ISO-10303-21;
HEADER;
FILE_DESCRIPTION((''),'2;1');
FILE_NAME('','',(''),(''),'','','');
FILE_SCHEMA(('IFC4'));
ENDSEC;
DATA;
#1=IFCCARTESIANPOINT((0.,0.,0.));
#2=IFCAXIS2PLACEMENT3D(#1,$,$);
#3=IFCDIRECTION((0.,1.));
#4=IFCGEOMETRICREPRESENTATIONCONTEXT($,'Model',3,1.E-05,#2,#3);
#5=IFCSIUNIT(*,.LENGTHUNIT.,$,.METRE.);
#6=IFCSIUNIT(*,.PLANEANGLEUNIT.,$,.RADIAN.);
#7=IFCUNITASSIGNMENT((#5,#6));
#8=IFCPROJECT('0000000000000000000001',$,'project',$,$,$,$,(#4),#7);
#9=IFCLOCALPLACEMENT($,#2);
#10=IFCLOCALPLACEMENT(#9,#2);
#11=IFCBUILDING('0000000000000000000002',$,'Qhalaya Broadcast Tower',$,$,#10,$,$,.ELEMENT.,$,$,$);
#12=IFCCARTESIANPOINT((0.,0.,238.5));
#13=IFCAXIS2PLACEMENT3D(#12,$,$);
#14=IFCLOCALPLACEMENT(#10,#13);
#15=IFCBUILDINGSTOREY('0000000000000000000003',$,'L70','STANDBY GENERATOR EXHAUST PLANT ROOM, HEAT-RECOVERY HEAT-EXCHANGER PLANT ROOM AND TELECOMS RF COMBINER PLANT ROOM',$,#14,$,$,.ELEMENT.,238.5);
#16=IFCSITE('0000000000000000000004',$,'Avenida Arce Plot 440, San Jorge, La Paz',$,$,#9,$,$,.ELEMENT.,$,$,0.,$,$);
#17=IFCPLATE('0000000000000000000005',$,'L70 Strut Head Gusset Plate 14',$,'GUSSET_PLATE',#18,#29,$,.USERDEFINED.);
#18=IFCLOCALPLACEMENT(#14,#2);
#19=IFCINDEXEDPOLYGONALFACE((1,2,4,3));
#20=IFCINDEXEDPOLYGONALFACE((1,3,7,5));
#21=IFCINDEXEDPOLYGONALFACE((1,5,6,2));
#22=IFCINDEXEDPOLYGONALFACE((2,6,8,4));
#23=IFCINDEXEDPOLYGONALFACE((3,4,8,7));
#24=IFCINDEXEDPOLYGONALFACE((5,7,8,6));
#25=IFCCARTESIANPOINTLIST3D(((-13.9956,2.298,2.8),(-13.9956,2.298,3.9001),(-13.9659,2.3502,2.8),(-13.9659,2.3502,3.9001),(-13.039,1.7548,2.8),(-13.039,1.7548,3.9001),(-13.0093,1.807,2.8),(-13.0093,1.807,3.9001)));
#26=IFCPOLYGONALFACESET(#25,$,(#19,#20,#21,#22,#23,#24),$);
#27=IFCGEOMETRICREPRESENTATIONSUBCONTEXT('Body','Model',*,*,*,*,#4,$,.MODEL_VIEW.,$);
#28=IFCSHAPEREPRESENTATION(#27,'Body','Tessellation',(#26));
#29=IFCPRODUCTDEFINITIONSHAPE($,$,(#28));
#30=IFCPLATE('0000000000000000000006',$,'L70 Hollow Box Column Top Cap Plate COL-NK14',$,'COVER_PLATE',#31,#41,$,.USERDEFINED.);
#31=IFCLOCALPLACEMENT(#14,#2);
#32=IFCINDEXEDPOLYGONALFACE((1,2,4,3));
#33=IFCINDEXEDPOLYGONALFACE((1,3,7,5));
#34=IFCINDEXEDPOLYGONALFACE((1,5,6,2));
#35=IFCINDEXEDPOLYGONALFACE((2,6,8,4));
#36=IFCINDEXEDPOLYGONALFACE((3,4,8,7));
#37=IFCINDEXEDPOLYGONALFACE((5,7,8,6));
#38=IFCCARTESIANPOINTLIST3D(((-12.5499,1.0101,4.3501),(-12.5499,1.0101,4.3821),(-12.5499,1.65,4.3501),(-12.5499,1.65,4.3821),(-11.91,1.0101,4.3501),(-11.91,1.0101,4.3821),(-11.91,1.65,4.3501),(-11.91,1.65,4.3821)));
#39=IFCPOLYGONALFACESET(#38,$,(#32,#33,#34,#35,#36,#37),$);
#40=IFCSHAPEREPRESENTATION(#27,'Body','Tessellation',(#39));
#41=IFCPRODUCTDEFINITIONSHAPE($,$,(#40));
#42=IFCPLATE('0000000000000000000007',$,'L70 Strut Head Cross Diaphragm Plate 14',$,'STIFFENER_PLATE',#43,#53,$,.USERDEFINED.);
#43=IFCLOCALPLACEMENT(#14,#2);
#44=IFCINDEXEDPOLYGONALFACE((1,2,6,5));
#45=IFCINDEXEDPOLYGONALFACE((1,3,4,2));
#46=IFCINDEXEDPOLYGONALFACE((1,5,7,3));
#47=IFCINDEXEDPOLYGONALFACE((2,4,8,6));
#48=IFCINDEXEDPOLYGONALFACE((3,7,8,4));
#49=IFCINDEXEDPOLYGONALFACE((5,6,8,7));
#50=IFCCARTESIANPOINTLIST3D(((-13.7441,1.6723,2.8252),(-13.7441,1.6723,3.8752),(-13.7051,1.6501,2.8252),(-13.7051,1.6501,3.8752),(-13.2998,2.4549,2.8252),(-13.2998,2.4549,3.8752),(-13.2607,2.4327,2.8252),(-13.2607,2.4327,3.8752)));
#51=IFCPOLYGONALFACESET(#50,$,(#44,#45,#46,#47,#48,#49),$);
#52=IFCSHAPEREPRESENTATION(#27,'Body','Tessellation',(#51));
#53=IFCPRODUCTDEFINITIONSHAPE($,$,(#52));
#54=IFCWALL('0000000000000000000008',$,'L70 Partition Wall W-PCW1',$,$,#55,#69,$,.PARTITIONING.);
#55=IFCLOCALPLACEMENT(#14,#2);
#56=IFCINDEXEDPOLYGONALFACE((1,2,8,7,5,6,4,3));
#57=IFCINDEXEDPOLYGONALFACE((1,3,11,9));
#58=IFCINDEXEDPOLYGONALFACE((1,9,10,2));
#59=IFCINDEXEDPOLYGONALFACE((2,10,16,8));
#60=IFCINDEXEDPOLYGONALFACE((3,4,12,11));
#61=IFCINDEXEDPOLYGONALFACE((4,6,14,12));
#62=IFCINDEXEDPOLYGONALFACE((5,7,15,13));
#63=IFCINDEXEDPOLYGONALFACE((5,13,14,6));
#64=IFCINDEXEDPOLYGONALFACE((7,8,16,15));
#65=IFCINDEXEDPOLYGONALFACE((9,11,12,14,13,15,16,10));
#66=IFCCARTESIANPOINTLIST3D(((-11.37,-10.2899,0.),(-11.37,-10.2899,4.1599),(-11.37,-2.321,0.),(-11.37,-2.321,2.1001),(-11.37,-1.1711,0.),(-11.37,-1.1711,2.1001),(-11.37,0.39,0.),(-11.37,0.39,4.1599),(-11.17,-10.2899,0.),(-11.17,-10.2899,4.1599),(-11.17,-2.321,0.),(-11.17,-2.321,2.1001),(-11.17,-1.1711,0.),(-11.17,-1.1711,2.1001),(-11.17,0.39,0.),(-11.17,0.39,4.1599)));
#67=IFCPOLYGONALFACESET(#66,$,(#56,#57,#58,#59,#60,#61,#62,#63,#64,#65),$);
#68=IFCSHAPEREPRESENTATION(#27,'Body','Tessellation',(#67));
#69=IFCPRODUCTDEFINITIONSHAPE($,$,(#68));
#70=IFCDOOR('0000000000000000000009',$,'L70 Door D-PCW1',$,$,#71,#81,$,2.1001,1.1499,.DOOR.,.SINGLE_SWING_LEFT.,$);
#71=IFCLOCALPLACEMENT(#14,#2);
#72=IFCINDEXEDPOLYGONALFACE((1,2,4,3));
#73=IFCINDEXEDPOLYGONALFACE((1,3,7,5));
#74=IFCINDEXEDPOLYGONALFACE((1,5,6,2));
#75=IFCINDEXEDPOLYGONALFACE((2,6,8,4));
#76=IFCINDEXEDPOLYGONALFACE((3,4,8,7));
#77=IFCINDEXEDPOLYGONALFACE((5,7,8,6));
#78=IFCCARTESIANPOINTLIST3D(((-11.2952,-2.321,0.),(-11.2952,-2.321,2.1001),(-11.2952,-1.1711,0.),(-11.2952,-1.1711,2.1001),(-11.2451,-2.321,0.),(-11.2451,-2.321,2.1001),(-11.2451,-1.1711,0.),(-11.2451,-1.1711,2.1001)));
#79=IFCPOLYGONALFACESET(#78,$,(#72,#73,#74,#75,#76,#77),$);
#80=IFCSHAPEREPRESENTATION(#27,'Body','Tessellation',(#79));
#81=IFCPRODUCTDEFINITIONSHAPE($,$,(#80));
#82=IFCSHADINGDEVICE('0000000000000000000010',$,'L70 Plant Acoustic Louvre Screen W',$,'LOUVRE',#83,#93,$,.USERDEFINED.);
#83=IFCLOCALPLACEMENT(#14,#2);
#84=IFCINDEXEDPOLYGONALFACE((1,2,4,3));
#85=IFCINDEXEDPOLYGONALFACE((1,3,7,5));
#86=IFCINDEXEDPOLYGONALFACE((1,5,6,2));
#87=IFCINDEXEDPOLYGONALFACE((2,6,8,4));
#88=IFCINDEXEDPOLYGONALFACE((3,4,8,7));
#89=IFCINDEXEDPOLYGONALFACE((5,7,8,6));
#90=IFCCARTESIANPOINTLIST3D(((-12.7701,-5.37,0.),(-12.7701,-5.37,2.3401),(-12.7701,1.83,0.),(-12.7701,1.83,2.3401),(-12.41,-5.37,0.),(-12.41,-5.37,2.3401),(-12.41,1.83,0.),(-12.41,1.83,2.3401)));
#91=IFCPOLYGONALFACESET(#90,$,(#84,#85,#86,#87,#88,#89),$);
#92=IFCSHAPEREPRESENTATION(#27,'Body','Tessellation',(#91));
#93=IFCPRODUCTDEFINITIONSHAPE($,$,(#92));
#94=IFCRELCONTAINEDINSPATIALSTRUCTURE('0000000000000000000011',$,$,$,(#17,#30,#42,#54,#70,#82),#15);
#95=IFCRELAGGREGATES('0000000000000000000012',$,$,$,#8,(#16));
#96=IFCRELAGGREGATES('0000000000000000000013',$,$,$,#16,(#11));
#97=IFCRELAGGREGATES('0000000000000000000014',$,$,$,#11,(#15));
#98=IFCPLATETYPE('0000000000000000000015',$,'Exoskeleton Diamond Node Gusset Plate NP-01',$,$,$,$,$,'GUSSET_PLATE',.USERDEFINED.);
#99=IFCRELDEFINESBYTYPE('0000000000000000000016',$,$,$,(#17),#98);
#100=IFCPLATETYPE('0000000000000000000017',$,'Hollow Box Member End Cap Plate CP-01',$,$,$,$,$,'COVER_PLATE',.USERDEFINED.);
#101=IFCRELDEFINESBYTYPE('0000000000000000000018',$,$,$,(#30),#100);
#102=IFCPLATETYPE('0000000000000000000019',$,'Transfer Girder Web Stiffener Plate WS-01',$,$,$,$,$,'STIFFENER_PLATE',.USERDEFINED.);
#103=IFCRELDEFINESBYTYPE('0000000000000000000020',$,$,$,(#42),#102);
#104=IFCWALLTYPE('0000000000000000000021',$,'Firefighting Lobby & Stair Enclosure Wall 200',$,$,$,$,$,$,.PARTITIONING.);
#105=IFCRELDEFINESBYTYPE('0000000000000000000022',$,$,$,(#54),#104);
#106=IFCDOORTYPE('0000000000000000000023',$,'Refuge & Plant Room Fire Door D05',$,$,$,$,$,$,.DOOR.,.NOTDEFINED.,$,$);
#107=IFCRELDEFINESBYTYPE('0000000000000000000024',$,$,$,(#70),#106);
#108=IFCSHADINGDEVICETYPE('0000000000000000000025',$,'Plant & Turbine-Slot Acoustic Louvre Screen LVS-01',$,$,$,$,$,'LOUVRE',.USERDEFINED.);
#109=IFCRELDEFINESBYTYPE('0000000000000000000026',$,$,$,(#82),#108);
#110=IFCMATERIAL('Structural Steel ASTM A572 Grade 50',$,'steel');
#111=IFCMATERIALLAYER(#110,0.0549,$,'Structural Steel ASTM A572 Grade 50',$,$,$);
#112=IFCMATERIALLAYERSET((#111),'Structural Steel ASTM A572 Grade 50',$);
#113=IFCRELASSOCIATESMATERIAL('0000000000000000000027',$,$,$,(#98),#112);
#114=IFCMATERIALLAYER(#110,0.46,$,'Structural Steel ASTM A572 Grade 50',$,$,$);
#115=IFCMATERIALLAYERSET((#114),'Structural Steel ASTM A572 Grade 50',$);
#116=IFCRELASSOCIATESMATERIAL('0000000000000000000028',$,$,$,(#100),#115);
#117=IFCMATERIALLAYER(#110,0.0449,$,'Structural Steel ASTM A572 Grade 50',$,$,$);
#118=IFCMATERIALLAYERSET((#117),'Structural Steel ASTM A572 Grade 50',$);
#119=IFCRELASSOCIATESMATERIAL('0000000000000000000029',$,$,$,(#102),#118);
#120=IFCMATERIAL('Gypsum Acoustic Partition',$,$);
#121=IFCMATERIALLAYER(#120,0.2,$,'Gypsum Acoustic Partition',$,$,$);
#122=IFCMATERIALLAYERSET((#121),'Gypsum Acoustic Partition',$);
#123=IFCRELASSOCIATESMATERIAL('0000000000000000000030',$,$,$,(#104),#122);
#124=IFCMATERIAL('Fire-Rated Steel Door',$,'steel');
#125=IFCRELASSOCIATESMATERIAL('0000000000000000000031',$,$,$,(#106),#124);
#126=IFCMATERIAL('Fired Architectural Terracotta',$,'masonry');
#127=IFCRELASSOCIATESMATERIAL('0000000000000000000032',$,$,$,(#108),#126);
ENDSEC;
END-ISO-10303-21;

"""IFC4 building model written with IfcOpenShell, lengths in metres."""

from ifc_helpers import new_model, si_unit, direction, frame, frame_2d, origin, origin_2d, place, context, subcontext, project, spatial, rectangle, extrude, material, layer, layer_set, type_object, element, fill, save


model = new_model("IFC4")

# Units and contexts
model_context = context("Model", 3, precision=1e-05, world=origin(), true_north=direction((0.0, 1.0)))
body_context = subcontext(model_context, "Body", "Model", "MODEL_VIEW")
ifc_project = project(units=[si_unit("LENGTHUNIT", "METRE"), si_unit("PLANEANGLEUNIT", "RADIAN")], contexts=[model_context])

# Site, building, storey
site_placement = place(None, origin())
site = spatial("IfcSite", under=ifc_project, at=site_placement, Name="Avenida Arce Plot 440, San Jorge, La Paz", CompositionType="ELEMENT", RefElevation=0.0)
building_placement = place(site_placement, origin())
building = spatial("IfcBuilding", under=site, at=building_placement, Name="Qhalaya Broadcast Tower", CompositionType="ELEMENT")
storey_placement = place(building_placement, frame((0.0, 0.0, 238.5)))
storey = spatial("IfcBuildingStorey", under=building, at=storey_placement, Name="L70", Description="STANDBY GENERATOR EXHAUST PLANT ROOM, HEAT-RECOVERY HEAT-EXCHANGER PLANT ROOM AND TELECOMS RF COMBINER PLANT ROOM", CompositionType="ELEMENT", Elevation=238.5)

# Shared definitions
ifc_material_1 = material(Name="Structural Steel ASTM A572 Grade 50", Category="steel")

# Plates
ifc_layer_1 = layer(ifc_material_1, 0.0549, Name="Structural Steel ASTM A572 Grade 50")
ifc_layer_set_1 = layer_set([ifc_layer_1], Name="Structural Steel ASTM A572 Grade 50")
plate_type_1 = type_object("IfcPlateType", Name="Exoskeleton Diamond Node Gusset Plate NP-01", ElementType="GUSSET_PLATE", PredefinedType="USERDEFINED", material=ifc_layer_set_1)
for number, where, z_axis, x_axis, name in (
    (1, (-13.5024, 2.0525, 2.8), (0.0, 0.0, 1.0), (-0.86959, 0.493775, 0.0), "L70 Strut Head Gusset Plate 14"),
):
    element("IfcPlate", number, at=place(storey_placement, frame(where, z_axis=z_axis, x_axis=x_axis)), inside=storey, type_object=plate_type_1, Name=name, ObjectType="GUSSET_PLATE", PredefinedType="USERDEFINED", context=body_context, shape_type="SweptSolid", body=[
        extrude(rectangle(XDim=1.1001, YDim=0.0601, at=origin_2d()), origin(), (0.0, 0.0, 1.0), 1.1001),
    ])
ifc_layer_2 = layer(ifc_material_1, 0.46, Name="Structural Steel ASTM A572 Grade 50")
ifc_layer_set_2 = layer_set([ifc_layer_2], Name="Structural Steel ASTM A572 Grade 50")
plate_type_2 = type_object("IfcPlateType", Name="Hollow Box Member End Cap Plate CP-01", ElementType="COVER_PLATE", PredefinedType="USERDEFINED", material=ifc_layer_set_2)
plate_1_placement = place(storey_placement, frame((-12.23, 1.3301, 4.3501), z_axis=(0.0, 0.0, 1.0), x_axis=(0.0, 1.0, 0.0)))
element("IfcPlate", 2, at=plate_1_placement, inside=storey, type_object=plate_type_2, Name="L70 Hollow Box Column Top Cap Plate COL-NK14", ObjectType="COVER_PLATE", PredefinedType="USERDEFINED", context=body_context, shape_type="SweptSolid", body=[
    extrude(rectangle(XDim=0.6399, YDim=0.6399, at=origin_2d()), origin(), (0.0, 0.0, 1.0), 0.032),
])
ifc_layer_3 = layer(ifc_material_1, 0.0449, Name="Structural Steel ASTM A572 Grade 50")
ifc_layer_set_3 = layer_set([ifc_layer_3], Name="Structural Steel ASTM A572 Grade 50")
plate_type_3 = type_object("IfcPlateType", Name="Transfer Girder Web Stiffener Plate WS-01", ElementType="STIFFENER_PLATE", PredefinedType="USERDEFINED", material=ifc_layer_set_3)
plate_2_placement = place(storey_placement, frame((-13.5024, 2.0525, 2.8252), z_axis=(0.0, 0.0, 1.0), x_axis=(-0.493775, -0.86959, 0.0)))
element("IfcPlate", 3, at=plate_2_placement, inside=storey, type_object=plate_type_3, Name="L70 Strut Head Cross Diaphragm Plate 14", ObjectType="STIFFENER_PLATE", PredefinedType="USERDEFINED", context=body_context, shape_type="SweptSolid", body=[
    extrude(rectangle(XDim=0.8999, YDim=0.0449, at=origin_2d()), origin(), (0.0, 0.0, 1.0), 1.05),
])

# Wall, opening, door
ifc_material_2 = material(Name="Gypsum Acoustic Partition")
ifc_layer_4 = layer(ifc_material_2, 0.2, Name="Gypsum Acoustic Partition")
ifc_layer_set_4 = layer_set([ifc_layer_4], Name="Gypsum Acoustic Partition")
wall_type = type_object("IfcWallType", Name="Firefighting Lobby & Stair Enclosure Wall 200", PredefinedType="PARTITIONING", material=ifc_layer_set_4)
wall_placement = place(storey_placement, frame((-11.27, 0.3899, 0.0), z_axis=(0.0, 0.0, 1.0), x_axis=(0.0, -1.0, 0.0)))
wall = element("IfcWall", 4, at=wall_placement, inside=storey, type_object=wall_type, Name="L70 Partition Wall W-PCW1", PredefinedType="PARTITIONING", context=body_context, shape_type="SweptSolid", body=[
    extrude(rectangle(XDim=10.6799, YDim=0.2, at=frame_2d((5.3398, 0.0))), origin(), (0.0, 0.0, 1.0), 4.1599),
])
opening_placement = place(wall_placement, frame((1.561, 0.0, 0.0)))
opening = element("IfcOpeningElement", 5, at=opening_placement, cuts=wall, PredefinedType="OPENING", context=body_context, shape_type="SweptSolid", body=[
    extrude(rectangle(XDim=1.1499, YDim=2.1001, at=frame_2d((0.575, 1.05))), frame((0.0, 0.1121, 0.0), z_axis=(0.0, -1.0, 0.0), x_axis=(1.0, 0.0, 0.0)), (0.0, 0.0, 1.0), 0.2239),
])
ifc_material_3 = material(Name="Fire-Rated Steel Door", Category="steel")
door_type = type_object("IfcDoorType", Name="Refuge & Plant Room Fire Door D05", OperationType="NOTDEFINED", PredefinedType="DOOR", material=ifc_material_3)
door_placement = place(opening_placement, origin())
door = element("IfcDoor", 6, at=door_placement, inside=storey, type_object=door_type, Name="L70 Door D-PCW1", OperationType="SINGLE_SWING_LEFT", OverallHeight=2.1001, OverallWidth=1.1499, PredefinedType="DOOR", context=body_context, shape_type="SweptSolid", body=[
    extrude(rectangle(XDim=1.1499, YDim=2.1001, at=frame_2d((0.575, 1.05))), frame((0.0, 0.0249, 0.0), z_axis=(0.0, -1.0, 0.0), x_axis=(1.0, 0.0, 0.0)), (0.0, 0.0, 1.0), 0.05),
])
fill(opening, door)

# Shading device
ifc_material_4 = material(Name="Fired Architectural Terracotta", Category="masonry")
shading_device_type = type_object("IfcShadingDeviceType", Name="Plant & Turbine-Slot Acoustic Louvre Screen LVS-01", ElementType="LOUVRE", PredefinedType="USERDEFINED", material=ifc_material_4)
shading_device_placement = place(storey_placement, frame((-12.5901, -1.77, 0.0), z_axis=(0.0, 0.0, 1.0), x_axis=(0.0, 1.0, 0.0)))
element("IfcShadingDevice", 7, at=shading_device_placement, inside=storey, type_object=shading_device_type, Name="L70 Plant Acoustic Louvre Screen W", ObjectType="LOUVRE", PredefinedType="USERDEFINED", context=body_context, shape_type="SweptSolid", body=[
    extrude(rectangle(XDim=7.2, YDim=0.3601, at=origin_2d()), origin(), (0.0, 0.0, 1.0), 2.3401),
])

save(model, "model.ifc")
